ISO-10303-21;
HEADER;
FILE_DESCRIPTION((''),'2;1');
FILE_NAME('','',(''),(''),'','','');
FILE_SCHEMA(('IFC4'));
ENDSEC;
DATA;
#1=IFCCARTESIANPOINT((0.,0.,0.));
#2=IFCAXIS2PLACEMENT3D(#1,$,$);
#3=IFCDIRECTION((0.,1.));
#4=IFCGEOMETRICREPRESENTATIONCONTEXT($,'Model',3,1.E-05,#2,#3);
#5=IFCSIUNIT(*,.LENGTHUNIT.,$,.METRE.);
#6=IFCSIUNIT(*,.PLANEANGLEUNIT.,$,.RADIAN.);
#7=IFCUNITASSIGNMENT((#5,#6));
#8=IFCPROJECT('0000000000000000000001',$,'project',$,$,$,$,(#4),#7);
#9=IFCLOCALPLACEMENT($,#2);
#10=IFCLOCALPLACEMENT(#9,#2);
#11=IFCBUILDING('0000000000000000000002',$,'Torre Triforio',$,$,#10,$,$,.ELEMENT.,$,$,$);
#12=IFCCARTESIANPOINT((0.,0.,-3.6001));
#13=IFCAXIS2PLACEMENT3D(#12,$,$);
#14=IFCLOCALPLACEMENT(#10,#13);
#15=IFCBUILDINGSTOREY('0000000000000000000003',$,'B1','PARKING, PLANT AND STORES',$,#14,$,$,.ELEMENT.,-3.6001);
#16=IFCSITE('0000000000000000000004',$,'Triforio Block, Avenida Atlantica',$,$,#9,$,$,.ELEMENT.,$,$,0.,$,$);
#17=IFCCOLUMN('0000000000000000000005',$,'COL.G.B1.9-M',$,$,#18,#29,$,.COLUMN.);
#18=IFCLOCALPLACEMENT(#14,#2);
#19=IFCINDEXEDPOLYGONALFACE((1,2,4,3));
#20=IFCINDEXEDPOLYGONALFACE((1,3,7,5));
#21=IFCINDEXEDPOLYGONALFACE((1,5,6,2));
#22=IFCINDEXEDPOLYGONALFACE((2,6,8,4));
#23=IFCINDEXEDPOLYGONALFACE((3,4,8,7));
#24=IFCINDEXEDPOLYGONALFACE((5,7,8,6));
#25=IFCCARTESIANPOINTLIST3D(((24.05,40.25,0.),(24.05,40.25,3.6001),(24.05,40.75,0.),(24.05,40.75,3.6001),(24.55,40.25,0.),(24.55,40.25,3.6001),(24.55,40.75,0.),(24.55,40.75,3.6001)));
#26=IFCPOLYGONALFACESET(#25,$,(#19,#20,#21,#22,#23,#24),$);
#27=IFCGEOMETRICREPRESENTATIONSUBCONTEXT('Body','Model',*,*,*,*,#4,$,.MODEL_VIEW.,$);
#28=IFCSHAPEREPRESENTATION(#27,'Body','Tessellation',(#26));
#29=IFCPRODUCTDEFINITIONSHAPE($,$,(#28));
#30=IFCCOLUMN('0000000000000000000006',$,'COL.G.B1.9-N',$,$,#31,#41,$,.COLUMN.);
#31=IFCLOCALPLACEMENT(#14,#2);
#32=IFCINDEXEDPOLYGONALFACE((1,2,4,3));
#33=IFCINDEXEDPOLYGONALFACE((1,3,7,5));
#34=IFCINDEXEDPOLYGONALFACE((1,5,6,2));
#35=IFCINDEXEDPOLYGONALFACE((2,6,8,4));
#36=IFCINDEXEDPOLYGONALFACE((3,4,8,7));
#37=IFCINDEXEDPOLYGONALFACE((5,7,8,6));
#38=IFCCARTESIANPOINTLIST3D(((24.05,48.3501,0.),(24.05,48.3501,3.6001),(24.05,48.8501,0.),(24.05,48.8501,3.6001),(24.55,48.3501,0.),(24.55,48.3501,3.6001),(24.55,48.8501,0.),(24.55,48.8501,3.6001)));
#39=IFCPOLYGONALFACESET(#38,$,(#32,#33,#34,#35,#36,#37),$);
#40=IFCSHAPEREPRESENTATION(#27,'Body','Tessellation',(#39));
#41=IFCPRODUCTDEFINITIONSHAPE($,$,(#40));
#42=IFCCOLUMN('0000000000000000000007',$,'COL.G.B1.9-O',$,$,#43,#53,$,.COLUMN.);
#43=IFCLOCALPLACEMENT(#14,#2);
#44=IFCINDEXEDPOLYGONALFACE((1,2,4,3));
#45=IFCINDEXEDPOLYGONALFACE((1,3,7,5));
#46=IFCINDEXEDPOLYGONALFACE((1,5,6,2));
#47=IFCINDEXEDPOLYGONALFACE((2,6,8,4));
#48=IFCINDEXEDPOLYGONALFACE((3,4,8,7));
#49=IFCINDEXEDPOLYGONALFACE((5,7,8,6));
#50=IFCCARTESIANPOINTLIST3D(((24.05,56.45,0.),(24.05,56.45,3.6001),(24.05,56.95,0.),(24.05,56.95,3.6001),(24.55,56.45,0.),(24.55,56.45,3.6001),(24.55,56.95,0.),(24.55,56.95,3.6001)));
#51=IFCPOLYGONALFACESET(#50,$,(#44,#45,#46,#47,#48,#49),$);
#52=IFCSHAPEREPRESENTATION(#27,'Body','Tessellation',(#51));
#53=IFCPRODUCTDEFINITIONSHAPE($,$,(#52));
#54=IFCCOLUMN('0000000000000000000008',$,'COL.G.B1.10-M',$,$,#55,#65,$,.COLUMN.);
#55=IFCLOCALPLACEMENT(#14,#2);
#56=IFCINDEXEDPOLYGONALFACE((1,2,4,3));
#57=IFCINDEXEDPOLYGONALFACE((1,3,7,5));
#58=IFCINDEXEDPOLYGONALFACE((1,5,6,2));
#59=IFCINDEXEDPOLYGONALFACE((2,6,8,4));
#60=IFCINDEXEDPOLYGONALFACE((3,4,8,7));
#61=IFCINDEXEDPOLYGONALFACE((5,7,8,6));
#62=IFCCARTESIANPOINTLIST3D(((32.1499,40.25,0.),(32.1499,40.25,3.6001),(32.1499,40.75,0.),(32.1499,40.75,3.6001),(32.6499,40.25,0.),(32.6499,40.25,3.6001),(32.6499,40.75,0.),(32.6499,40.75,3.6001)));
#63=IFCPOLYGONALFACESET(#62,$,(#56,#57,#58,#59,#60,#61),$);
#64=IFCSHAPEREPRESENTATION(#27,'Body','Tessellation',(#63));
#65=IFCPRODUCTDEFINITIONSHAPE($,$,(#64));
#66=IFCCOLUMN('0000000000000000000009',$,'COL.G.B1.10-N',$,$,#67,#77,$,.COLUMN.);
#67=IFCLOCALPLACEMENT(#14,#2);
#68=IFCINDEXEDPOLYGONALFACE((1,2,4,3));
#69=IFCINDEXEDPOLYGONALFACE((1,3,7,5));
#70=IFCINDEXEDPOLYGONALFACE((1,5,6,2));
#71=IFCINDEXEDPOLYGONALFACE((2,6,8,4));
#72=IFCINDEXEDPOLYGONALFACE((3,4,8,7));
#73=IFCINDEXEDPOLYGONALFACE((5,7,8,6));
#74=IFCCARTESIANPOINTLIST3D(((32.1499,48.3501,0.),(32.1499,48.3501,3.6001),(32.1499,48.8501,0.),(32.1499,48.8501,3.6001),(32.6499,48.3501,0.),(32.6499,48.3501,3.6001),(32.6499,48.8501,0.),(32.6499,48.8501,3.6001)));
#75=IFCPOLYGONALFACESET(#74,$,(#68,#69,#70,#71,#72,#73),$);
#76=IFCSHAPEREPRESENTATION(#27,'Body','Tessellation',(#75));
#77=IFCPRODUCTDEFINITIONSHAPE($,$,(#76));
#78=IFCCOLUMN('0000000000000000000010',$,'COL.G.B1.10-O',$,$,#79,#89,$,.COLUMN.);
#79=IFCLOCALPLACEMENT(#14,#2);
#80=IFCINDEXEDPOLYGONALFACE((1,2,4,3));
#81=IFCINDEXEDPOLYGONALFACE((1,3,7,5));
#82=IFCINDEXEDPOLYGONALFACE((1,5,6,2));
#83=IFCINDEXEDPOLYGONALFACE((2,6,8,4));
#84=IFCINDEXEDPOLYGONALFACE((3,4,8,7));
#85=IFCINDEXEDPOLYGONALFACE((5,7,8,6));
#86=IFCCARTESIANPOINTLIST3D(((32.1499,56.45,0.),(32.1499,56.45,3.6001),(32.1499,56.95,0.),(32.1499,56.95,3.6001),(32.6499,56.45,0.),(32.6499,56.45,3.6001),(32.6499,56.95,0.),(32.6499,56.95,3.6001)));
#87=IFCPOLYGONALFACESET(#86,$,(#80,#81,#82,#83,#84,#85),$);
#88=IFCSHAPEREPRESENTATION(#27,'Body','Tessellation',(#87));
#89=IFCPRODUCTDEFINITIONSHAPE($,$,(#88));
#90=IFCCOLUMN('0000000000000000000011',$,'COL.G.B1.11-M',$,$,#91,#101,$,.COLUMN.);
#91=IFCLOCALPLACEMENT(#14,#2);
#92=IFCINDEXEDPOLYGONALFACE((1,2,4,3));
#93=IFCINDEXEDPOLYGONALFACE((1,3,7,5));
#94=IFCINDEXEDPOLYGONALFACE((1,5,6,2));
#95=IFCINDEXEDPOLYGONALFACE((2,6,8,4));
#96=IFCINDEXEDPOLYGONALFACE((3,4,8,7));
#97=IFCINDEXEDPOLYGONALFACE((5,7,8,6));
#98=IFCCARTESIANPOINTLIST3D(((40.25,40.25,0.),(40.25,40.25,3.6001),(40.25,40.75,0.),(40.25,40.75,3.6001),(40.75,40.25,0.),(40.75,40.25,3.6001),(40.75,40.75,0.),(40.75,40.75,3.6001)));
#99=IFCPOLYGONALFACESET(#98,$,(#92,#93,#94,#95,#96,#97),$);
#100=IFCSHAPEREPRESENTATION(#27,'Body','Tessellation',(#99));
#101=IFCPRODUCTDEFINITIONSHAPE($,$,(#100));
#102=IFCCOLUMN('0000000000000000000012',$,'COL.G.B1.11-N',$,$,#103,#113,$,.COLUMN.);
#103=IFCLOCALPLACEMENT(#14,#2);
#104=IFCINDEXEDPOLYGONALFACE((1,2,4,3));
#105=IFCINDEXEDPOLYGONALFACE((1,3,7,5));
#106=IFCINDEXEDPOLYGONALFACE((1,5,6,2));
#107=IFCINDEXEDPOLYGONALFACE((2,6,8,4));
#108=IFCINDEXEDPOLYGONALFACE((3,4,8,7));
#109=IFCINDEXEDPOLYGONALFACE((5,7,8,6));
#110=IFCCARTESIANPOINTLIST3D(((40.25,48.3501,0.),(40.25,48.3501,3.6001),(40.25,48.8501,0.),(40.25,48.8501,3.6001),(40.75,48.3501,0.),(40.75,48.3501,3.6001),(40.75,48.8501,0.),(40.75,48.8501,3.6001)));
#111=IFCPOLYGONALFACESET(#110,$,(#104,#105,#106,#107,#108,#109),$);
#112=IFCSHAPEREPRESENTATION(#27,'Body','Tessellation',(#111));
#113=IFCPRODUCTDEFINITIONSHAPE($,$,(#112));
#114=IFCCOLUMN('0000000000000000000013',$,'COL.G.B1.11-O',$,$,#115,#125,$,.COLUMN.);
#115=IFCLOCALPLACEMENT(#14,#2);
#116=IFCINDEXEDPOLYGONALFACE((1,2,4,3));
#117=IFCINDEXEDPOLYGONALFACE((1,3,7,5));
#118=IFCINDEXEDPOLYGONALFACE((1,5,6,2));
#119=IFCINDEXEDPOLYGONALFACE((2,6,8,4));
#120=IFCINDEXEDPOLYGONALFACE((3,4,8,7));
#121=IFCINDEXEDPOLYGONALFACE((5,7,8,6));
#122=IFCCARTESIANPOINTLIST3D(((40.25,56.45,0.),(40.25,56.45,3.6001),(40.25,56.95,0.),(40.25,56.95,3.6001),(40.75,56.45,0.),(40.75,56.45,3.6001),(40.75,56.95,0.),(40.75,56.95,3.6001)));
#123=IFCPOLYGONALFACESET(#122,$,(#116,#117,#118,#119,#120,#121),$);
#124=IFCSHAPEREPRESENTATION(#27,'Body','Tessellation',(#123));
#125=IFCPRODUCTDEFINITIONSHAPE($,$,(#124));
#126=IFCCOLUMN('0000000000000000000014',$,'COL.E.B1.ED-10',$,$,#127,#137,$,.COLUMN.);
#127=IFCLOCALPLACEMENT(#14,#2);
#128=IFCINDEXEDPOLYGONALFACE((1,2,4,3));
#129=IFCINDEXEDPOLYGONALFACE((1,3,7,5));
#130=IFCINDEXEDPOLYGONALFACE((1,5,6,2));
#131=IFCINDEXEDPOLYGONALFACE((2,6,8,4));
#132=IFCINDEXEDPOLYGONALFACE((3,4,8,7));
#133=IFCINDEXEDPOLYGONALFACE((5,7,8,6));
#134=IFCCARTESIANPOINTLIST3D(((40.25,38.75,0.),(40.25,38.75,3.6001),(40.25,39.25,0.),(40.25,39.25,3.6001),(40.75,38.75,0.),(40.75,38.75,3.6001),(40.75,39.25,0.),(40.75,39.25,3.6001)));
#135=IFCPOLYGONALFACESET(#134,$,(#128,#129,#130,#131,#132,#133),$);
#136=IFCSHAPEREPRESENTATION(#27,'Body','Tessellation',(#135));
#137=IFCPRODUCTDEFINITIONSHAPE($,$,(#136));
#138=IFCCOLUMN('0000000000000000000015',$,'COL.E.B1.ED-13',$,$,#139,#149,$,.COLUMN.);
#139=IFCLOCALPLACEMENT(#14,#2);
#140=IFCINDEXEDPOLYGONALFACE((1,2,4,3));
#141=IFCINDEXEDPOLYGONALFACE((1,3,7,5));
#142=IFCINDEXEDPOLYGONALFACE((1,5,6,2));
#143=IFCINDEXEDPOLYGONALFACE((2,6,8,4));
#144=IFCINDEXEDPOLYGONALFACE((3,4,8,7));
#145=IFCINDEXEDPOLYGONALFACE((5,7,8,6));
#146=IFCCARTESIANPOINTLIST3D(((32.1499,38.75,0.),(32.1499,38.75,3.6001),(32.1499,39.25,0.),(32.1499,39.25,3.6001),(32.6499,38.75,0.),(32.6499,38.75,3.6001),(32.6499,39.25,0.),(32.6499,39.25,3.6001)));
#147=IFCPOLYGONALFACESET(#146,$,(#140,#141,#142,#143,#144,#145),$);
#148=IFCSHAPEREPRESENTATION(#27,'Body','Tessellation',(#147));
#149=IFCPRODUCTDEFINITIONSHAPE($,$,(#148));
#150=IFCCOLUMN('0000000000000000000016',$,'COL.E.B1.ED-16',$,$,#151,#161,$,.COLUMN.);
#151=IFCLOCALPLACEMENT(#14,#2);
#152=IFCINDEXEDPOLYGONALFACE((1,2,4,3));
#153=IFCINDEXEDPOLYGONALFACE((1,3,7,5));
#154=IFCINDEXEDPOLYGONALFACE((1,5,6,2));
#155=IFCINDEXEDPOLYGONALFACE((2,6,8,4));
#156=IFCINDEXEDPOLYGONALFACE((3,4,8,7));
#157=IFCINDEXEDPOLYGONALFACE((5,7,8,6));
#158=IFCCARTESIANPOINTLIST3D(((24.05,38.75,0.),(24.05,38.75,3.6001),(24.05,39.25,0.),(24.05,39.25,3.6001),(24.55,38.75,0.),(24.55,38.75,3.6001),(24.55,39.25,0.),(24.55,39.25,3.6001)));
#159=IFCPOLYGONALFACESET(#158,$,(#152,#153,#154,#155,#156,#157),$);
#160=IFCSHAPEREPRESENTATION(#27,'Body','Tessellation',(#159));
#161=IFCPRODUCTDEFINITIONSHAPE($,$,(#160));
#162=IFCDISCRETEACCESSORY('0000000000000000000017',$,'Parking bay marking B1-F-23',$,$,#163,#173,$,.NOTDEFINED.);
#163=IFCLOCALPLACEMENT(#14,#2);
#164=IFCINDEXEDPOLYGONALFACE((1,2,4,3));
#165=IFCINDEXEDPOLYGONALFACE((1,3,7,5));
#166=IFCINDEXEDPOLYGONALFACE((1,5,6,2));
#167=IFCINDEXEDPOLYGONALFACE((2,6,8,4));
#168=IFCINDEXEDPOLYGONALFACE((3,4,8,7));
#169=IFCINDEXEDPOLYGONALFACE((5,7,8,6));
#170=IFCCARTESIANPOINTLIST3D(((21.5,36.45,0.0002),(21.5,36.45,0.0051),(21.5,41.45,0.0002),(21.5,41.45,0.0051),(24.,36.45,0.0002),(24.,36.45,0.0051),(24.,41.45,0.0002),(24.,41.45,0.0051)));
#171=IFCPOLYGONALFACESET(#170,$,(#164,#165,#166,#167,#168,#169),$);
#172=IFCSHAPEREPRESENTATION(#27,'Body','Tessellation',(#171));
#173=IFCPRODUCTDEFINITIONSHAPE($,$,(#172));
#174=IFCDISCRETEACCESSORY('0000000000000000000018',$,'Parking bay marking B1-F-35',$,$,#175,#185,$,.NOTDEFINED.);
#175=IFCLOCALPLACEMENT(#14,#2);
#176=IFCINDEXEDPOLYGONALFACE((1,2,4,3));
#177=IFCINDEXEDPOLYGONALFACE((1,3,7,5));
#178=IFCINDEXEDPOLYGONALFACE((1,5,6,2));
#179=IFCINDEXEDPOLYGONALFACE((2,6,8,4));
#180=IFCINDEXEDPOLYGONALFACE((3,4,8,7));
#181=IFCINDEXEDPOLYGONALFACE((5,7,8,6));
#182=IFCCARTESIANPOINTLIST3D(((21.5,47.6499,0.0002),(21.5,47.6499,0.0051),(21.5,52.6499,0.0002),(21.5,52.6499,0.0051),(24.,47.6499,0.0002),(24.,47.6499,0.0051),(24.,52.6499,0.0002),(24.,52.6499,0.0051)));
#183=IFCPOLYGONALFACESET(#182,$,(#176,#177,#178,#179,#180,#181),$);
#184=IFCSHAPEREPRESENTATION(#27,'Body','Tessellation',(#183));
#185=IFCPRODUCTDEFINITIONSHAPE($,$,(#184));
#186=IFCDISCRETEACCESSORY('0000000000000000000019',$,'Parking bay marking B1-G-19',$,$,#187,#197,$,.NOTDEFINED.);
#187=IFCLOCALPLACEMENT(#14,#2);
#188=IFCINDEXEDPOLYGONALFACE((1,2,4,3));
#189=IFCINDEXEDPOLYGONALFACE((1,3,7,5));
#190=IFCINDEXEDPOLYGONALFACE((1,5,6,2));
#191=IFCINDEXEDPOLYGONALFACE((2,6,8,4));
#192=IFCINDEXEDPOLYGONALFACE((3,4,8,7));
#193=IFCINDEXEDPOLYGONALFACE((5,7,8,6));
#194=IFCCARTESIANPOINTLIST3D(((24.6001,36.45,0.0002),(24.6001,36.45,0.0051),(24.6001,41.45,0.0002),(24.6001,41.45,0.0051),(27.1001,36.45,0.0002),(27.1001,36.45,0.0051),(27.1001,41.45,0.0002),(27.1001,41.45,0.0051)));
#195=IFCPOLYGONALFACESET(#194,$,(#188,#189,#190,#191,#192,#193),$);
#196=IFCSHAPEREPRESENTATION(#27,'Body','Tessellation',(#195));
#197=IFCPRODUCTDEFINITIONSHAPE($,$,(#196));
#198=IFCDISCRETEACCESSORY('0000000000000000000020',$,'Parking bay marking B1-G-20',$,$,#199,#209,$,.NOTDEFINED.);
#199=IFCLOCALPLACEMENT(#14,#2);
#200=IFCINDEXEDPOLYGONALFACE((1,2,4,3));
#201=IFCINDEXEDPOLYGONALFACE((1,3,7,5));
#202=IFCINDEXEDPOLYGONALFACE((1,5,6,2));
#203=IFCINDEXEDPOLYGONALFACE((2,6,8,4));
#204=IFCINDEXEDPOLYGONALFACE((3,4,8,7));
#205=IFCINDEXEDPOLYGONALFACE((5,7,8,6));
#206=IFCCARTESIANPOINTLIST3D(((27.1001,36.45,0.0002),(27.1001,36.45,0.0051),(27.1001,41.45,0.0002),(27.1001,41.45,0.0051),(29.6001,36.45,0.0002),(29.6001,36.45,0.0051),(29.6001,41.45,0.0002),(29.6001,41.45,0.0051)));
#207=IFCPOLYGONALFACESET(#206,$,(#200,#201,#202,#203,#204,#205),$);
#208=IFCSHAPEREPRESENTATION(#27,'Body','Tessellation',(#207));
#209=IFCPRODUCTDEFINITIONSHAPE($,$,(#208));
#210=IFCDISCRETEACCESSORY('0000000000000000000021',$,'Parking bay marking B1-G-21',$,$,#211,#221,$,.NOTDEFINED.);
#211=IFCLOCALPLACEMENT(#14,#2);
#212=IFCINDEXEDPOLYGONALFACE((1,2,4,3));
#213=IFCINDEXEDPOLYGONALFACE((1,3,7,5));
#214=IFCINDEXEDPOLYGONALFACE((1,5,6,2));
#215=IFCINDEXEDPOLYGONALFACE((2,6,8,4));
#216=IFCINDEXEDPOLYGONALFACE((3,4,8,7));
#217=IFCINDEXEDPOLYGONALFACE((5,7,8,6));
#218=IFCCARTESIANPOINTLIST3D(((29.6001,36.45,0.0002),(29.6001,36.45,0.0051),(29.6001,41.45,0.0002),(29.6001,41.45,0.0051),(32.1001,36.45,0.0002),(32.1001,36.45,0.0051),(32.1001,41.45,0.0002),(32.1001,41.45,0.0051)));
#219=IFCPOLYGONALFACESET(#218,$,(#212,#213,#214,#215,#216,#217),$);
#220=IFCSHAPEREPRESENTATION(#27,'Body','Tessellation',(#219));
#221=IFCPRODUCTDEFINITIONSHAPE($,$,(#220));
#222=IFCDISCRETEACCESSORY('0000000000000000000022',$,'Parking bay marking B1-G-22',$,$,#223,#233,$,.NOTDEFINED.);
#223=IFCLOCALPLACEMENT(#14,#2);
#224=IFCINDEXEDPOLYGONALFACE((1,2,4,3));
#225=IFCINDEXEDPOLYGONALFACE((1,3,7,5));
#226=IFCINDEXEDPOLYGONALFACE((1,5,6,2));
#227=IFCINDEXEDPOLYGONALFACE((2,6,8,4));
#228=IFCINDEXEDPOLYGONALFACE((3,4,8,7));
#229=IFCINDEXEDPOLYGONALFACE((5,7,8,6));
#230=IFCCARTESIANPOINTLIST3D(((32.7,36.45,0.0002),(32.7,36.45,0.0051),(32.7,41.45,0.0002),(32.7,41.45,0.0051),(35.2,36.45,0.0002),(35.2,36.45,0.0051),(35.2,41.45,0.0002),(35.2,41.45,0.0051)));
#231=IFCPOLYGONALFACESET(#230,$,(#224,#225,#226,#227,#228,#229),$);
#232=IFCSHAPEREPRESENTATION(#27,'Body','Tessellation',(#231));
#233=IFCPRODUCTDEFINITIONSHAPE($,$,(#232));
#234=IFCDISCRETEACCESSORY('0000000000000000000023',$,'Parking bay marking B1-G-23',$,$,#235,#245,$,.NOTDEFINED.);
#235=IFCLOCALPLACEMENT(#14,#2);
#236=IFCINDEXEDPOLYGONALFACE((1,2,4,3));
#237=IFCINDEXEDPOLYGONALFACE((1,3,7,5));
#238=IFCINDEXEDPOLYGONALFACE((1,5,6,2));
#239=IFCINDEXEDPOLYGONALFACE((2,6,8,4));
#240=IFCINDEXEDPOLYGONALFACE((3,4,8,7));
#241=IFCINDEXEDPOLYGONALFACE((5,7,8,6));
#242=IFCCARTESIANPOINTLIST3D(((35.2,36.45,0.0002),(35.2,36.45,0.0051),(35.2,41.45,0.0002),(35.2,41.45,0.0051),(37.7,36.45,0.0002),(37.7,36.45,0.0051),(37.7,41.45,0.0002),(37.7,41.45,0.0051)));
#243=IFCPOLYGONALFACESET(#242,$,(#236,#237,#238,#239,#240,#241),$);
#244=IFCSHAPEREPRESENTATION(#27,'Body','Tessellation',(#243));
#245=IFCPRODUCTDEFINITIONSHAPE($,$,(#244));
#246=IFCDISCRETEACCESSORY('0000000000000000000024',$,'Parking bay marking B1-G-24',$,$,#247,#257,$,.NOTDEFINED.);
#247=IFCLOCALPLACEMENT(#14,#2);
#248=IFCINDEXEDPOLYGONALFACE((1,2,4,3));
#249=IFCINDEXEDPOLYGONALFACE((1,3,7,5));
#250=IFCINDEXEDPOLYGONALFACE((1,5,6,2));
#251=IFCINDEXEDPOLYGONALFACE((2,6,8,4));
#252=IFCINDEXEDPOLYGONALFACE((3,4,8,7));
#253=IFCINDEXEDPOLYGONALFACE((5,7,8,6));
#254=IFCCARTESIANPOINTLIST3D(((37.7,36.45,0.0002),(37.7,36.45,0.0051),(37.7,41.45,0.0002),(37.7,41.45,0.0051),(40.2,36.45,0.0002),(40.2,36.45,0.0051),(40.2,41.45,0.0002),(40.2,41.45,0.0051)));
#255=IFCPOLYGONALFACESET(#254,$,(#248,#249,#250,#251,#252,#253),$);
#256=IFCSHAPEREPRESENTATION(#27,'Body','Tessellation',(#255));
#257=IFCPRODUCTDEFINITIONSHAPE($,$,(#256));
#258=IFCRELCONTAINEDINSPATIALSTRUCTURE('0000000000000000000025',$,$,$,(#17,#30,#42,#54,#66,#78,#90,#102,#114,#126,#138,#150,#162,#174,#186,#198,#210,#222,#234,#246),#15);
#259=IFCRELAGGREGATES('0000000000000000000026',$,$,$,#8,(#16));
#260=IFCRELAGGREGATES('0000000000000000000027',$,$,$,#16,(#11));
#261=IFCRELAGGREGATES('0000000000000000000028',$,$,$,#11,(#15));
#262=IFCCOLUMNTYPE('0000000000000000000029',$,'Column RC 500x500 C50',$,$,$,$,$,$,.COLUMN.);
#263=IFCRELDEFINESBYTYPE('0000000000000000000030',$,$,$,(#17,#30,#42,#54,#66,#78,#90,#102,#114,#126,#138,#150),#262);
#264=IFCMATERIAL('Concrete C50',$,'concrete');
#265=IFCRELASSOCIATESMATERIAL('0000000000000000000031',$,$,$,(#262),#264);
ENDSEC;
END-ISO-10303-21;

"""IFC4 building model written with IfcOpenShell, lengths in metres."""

from ifc_helpers import new_model, si_unit, direction, frame, origin, origin_2d, place, context, subcontext, project, spatial, rectangle, extrude, material, material_profile, profile_set, type_object, element, save


model = new_model("IFC4")

# Units and contexts
model_context = context("Model", 3, precision=1e-05, world=origin(), true_north=direction((0.0, 1.0)))
body_context = subcontext(model_context, "Body", "Model", "MODEL_VIEW")
ifc_project = project(units=[si_unit("LENGTHUNIT", "METRE"), si_unit("PLANEANGLEUNIT", "RADIAN")], contexts=[model_context])

# Site, building, storey
site_placement = place(None, origin())
site = spatial("IfcSite", under=ifc_project, at=site_placement, Name="Triforio Block, Avenida Atlantica", CompositionType="ELEMENT", RefElevation=0.0)
building_placement = place(site_placement, origin())
building = spatial("IfcBuilding", under=site, at=building_placement, Name="Torre Triforio", CompositionType="ELEMENT")
storey_placement = place(building_placement, frame((0.0, 0.0, -3.6001)))
storey = spatial("IfcBuildingStorey", under=building, at=storey_placement, Name="B1", Description="PARKING, PLANT AND STORES", CompositionType="ELEMENT", Elevation=-3.6001)

# Columns
ifc_material = material(Name="Concrete C50", Category="concrete")
ifc_material_profile = material_profile(ifc_material, rectangle(XDim=0.5, YDim=0.5, at=origin_2d()), Name="RC 500x500")
ifc_profile_set = profile_set([ifc_material_profile], Name="Concrete C50")
column_type = type_object("IfcColumnType", Name="Column RC 500x500 C50", PredefinedType="COLUMN", material=ifc_profile_set)
for number, where, z_axis, x_axis, name in (
    (1, (24.3, 40.5, 0.0), (0.0, 0.0, 1.0), (1.0, 0.0, 0.0), "COL.G.B1.9-M"),
    (2, (24.3, 48.6001, 0.0), (0.0, 0.0, 1.0), (1.0, 0.0, 0.0), "COL.G.B1.9-N"),
    (3, (24.3, 56.7, 0.0), (0.0, 0.0, 1.0), (1.0, 0.0, 0.0), "COL.G.B1.9-O"),
    (4, (32.3999, 40.5, 0.0), (0.0, 0.0, 1.0), (1.0, 0.0, 0.0), "COL.G.B1.10-M"),
    (5, (32.3999, 48.6001, 0.0), (0.0, 0.0, 1.0), (1.0, 0.0, 0.0), "COL.G.B1.10-N"),
    (6, (32.3999, 56.7, 0.0), (0.0, 0.0, 1.0), (1.0, 0.0, 0.0), "COL.G.B1.10-O"),
    (7, (40.5, 40.5, 0.0), (0.0, 0.0, 1.0), (1.0, 0.0, 0.0), "COL.G.B1.11-M"),
    (8, (40.5, 48.6001, 0.0), (0.0, 0.0, 1.0), (1.0, 0.0, 0.0), "COL.G.B1.11-N"),
    (9, (40.5, 56.7, 0.0), (0.0, 0.0, 1.0), (1.0, 0.0, 0.0), "COL.G.B1.11-O"),
    (10, (40.5, 39.0, 0.0), (0.0, 0.0, 1.0), (1.0, 0.0, 0.0), "COL.E.B1.ED-10"),
    (11, (32.3999, 39.0, 0.0), (0.0, 0.0, 1.0), (1.0, 0.0, 0.0), "COL.E.B1.ED-13"),
    (12, (24.3, 39.0, 0.0), (0.0, 0.0, 1.0), (1.0, 0.0, 0.0), "COL.E.B1.ED-16"),
):
    element("IfcColumn", number, at=place(storey_placement, frame(where, z_axis=z_axis, x_axis=x_axis)), inside=storey, type_object=column_type, Name=name, PredefinedType="COLUMN", context=body_context, shape_type="SweptSolid", body=[
        extrude(rectangle(XDim=0.5, YDim=0.5, at=origin_2d()), origin(), (0.0, 0.0, 1.0), 3.6001),
    ])

# Discrete accessories
for number, where, z_axis, x_axis, name in (
    (13, (22.75, 38.95, 0.0002), (0.0, 0.0, 1.0), (1.0, 0.0, 0.0), "Parking bay marking B1-F-23"),
    (14, (22.75, 50.1499, 0.0002), (0.0, 0.0, 1.0), (1.0, 0.0, 0.0), "Parking bay marking B1-F-35"),
    (15, (25.8501, 38.95, 0.0002), (0.0, 0.0, 1.0), (1.0, 0.0, 0.0), "Parking bay marking B1-G-19"),
    (16, (28.3501, 38.95, 0.0002), (0.0, 0.0, 1.0), (1.0, 0.0, 0.0), "Parking bay marking B1-G-20"),
    (17, (30.8501, 38.95, 0.0002), (0.0, 0.0, 1.0), (1.0, 0.0, 0.0), "Parking bay marking B1-G-21"),
    (18, (33.95, 38.95, 0.0002), (0.0, 0.0, 1.0), (1.0, 0.0, 0.0), "Parking bay marking B1-G-22"),
    (19, (36.45, 38.95, 0.0002), (0.0, 0.0, 1.0), (1.0, 0.0, 0.0), "Parking bay marking B1-G-23"),
    (20, (38.95, 38.95, 0.0002), (0.0, 0.0, 1.0), (1.0, 0.0, 0.0), "Parking bay marking B1-G-24"),
):
    element("IfcDiscreteAccessory", number, at=place(storey_placement, frame(where, z_axis=z_axis, x_axis=x_axis)), inside=storey, Name=name, PredefinedType="NOTDEFINED", context=body_context, shape_type="SweptSolid", body=[
        extrude(rectangle(XDim=2.5, YDim=5.0, at=origin_2d()), origin(), (0.0, 0.0, 1.0), 0.0049),
    ])

save(model, "model.ifc")
